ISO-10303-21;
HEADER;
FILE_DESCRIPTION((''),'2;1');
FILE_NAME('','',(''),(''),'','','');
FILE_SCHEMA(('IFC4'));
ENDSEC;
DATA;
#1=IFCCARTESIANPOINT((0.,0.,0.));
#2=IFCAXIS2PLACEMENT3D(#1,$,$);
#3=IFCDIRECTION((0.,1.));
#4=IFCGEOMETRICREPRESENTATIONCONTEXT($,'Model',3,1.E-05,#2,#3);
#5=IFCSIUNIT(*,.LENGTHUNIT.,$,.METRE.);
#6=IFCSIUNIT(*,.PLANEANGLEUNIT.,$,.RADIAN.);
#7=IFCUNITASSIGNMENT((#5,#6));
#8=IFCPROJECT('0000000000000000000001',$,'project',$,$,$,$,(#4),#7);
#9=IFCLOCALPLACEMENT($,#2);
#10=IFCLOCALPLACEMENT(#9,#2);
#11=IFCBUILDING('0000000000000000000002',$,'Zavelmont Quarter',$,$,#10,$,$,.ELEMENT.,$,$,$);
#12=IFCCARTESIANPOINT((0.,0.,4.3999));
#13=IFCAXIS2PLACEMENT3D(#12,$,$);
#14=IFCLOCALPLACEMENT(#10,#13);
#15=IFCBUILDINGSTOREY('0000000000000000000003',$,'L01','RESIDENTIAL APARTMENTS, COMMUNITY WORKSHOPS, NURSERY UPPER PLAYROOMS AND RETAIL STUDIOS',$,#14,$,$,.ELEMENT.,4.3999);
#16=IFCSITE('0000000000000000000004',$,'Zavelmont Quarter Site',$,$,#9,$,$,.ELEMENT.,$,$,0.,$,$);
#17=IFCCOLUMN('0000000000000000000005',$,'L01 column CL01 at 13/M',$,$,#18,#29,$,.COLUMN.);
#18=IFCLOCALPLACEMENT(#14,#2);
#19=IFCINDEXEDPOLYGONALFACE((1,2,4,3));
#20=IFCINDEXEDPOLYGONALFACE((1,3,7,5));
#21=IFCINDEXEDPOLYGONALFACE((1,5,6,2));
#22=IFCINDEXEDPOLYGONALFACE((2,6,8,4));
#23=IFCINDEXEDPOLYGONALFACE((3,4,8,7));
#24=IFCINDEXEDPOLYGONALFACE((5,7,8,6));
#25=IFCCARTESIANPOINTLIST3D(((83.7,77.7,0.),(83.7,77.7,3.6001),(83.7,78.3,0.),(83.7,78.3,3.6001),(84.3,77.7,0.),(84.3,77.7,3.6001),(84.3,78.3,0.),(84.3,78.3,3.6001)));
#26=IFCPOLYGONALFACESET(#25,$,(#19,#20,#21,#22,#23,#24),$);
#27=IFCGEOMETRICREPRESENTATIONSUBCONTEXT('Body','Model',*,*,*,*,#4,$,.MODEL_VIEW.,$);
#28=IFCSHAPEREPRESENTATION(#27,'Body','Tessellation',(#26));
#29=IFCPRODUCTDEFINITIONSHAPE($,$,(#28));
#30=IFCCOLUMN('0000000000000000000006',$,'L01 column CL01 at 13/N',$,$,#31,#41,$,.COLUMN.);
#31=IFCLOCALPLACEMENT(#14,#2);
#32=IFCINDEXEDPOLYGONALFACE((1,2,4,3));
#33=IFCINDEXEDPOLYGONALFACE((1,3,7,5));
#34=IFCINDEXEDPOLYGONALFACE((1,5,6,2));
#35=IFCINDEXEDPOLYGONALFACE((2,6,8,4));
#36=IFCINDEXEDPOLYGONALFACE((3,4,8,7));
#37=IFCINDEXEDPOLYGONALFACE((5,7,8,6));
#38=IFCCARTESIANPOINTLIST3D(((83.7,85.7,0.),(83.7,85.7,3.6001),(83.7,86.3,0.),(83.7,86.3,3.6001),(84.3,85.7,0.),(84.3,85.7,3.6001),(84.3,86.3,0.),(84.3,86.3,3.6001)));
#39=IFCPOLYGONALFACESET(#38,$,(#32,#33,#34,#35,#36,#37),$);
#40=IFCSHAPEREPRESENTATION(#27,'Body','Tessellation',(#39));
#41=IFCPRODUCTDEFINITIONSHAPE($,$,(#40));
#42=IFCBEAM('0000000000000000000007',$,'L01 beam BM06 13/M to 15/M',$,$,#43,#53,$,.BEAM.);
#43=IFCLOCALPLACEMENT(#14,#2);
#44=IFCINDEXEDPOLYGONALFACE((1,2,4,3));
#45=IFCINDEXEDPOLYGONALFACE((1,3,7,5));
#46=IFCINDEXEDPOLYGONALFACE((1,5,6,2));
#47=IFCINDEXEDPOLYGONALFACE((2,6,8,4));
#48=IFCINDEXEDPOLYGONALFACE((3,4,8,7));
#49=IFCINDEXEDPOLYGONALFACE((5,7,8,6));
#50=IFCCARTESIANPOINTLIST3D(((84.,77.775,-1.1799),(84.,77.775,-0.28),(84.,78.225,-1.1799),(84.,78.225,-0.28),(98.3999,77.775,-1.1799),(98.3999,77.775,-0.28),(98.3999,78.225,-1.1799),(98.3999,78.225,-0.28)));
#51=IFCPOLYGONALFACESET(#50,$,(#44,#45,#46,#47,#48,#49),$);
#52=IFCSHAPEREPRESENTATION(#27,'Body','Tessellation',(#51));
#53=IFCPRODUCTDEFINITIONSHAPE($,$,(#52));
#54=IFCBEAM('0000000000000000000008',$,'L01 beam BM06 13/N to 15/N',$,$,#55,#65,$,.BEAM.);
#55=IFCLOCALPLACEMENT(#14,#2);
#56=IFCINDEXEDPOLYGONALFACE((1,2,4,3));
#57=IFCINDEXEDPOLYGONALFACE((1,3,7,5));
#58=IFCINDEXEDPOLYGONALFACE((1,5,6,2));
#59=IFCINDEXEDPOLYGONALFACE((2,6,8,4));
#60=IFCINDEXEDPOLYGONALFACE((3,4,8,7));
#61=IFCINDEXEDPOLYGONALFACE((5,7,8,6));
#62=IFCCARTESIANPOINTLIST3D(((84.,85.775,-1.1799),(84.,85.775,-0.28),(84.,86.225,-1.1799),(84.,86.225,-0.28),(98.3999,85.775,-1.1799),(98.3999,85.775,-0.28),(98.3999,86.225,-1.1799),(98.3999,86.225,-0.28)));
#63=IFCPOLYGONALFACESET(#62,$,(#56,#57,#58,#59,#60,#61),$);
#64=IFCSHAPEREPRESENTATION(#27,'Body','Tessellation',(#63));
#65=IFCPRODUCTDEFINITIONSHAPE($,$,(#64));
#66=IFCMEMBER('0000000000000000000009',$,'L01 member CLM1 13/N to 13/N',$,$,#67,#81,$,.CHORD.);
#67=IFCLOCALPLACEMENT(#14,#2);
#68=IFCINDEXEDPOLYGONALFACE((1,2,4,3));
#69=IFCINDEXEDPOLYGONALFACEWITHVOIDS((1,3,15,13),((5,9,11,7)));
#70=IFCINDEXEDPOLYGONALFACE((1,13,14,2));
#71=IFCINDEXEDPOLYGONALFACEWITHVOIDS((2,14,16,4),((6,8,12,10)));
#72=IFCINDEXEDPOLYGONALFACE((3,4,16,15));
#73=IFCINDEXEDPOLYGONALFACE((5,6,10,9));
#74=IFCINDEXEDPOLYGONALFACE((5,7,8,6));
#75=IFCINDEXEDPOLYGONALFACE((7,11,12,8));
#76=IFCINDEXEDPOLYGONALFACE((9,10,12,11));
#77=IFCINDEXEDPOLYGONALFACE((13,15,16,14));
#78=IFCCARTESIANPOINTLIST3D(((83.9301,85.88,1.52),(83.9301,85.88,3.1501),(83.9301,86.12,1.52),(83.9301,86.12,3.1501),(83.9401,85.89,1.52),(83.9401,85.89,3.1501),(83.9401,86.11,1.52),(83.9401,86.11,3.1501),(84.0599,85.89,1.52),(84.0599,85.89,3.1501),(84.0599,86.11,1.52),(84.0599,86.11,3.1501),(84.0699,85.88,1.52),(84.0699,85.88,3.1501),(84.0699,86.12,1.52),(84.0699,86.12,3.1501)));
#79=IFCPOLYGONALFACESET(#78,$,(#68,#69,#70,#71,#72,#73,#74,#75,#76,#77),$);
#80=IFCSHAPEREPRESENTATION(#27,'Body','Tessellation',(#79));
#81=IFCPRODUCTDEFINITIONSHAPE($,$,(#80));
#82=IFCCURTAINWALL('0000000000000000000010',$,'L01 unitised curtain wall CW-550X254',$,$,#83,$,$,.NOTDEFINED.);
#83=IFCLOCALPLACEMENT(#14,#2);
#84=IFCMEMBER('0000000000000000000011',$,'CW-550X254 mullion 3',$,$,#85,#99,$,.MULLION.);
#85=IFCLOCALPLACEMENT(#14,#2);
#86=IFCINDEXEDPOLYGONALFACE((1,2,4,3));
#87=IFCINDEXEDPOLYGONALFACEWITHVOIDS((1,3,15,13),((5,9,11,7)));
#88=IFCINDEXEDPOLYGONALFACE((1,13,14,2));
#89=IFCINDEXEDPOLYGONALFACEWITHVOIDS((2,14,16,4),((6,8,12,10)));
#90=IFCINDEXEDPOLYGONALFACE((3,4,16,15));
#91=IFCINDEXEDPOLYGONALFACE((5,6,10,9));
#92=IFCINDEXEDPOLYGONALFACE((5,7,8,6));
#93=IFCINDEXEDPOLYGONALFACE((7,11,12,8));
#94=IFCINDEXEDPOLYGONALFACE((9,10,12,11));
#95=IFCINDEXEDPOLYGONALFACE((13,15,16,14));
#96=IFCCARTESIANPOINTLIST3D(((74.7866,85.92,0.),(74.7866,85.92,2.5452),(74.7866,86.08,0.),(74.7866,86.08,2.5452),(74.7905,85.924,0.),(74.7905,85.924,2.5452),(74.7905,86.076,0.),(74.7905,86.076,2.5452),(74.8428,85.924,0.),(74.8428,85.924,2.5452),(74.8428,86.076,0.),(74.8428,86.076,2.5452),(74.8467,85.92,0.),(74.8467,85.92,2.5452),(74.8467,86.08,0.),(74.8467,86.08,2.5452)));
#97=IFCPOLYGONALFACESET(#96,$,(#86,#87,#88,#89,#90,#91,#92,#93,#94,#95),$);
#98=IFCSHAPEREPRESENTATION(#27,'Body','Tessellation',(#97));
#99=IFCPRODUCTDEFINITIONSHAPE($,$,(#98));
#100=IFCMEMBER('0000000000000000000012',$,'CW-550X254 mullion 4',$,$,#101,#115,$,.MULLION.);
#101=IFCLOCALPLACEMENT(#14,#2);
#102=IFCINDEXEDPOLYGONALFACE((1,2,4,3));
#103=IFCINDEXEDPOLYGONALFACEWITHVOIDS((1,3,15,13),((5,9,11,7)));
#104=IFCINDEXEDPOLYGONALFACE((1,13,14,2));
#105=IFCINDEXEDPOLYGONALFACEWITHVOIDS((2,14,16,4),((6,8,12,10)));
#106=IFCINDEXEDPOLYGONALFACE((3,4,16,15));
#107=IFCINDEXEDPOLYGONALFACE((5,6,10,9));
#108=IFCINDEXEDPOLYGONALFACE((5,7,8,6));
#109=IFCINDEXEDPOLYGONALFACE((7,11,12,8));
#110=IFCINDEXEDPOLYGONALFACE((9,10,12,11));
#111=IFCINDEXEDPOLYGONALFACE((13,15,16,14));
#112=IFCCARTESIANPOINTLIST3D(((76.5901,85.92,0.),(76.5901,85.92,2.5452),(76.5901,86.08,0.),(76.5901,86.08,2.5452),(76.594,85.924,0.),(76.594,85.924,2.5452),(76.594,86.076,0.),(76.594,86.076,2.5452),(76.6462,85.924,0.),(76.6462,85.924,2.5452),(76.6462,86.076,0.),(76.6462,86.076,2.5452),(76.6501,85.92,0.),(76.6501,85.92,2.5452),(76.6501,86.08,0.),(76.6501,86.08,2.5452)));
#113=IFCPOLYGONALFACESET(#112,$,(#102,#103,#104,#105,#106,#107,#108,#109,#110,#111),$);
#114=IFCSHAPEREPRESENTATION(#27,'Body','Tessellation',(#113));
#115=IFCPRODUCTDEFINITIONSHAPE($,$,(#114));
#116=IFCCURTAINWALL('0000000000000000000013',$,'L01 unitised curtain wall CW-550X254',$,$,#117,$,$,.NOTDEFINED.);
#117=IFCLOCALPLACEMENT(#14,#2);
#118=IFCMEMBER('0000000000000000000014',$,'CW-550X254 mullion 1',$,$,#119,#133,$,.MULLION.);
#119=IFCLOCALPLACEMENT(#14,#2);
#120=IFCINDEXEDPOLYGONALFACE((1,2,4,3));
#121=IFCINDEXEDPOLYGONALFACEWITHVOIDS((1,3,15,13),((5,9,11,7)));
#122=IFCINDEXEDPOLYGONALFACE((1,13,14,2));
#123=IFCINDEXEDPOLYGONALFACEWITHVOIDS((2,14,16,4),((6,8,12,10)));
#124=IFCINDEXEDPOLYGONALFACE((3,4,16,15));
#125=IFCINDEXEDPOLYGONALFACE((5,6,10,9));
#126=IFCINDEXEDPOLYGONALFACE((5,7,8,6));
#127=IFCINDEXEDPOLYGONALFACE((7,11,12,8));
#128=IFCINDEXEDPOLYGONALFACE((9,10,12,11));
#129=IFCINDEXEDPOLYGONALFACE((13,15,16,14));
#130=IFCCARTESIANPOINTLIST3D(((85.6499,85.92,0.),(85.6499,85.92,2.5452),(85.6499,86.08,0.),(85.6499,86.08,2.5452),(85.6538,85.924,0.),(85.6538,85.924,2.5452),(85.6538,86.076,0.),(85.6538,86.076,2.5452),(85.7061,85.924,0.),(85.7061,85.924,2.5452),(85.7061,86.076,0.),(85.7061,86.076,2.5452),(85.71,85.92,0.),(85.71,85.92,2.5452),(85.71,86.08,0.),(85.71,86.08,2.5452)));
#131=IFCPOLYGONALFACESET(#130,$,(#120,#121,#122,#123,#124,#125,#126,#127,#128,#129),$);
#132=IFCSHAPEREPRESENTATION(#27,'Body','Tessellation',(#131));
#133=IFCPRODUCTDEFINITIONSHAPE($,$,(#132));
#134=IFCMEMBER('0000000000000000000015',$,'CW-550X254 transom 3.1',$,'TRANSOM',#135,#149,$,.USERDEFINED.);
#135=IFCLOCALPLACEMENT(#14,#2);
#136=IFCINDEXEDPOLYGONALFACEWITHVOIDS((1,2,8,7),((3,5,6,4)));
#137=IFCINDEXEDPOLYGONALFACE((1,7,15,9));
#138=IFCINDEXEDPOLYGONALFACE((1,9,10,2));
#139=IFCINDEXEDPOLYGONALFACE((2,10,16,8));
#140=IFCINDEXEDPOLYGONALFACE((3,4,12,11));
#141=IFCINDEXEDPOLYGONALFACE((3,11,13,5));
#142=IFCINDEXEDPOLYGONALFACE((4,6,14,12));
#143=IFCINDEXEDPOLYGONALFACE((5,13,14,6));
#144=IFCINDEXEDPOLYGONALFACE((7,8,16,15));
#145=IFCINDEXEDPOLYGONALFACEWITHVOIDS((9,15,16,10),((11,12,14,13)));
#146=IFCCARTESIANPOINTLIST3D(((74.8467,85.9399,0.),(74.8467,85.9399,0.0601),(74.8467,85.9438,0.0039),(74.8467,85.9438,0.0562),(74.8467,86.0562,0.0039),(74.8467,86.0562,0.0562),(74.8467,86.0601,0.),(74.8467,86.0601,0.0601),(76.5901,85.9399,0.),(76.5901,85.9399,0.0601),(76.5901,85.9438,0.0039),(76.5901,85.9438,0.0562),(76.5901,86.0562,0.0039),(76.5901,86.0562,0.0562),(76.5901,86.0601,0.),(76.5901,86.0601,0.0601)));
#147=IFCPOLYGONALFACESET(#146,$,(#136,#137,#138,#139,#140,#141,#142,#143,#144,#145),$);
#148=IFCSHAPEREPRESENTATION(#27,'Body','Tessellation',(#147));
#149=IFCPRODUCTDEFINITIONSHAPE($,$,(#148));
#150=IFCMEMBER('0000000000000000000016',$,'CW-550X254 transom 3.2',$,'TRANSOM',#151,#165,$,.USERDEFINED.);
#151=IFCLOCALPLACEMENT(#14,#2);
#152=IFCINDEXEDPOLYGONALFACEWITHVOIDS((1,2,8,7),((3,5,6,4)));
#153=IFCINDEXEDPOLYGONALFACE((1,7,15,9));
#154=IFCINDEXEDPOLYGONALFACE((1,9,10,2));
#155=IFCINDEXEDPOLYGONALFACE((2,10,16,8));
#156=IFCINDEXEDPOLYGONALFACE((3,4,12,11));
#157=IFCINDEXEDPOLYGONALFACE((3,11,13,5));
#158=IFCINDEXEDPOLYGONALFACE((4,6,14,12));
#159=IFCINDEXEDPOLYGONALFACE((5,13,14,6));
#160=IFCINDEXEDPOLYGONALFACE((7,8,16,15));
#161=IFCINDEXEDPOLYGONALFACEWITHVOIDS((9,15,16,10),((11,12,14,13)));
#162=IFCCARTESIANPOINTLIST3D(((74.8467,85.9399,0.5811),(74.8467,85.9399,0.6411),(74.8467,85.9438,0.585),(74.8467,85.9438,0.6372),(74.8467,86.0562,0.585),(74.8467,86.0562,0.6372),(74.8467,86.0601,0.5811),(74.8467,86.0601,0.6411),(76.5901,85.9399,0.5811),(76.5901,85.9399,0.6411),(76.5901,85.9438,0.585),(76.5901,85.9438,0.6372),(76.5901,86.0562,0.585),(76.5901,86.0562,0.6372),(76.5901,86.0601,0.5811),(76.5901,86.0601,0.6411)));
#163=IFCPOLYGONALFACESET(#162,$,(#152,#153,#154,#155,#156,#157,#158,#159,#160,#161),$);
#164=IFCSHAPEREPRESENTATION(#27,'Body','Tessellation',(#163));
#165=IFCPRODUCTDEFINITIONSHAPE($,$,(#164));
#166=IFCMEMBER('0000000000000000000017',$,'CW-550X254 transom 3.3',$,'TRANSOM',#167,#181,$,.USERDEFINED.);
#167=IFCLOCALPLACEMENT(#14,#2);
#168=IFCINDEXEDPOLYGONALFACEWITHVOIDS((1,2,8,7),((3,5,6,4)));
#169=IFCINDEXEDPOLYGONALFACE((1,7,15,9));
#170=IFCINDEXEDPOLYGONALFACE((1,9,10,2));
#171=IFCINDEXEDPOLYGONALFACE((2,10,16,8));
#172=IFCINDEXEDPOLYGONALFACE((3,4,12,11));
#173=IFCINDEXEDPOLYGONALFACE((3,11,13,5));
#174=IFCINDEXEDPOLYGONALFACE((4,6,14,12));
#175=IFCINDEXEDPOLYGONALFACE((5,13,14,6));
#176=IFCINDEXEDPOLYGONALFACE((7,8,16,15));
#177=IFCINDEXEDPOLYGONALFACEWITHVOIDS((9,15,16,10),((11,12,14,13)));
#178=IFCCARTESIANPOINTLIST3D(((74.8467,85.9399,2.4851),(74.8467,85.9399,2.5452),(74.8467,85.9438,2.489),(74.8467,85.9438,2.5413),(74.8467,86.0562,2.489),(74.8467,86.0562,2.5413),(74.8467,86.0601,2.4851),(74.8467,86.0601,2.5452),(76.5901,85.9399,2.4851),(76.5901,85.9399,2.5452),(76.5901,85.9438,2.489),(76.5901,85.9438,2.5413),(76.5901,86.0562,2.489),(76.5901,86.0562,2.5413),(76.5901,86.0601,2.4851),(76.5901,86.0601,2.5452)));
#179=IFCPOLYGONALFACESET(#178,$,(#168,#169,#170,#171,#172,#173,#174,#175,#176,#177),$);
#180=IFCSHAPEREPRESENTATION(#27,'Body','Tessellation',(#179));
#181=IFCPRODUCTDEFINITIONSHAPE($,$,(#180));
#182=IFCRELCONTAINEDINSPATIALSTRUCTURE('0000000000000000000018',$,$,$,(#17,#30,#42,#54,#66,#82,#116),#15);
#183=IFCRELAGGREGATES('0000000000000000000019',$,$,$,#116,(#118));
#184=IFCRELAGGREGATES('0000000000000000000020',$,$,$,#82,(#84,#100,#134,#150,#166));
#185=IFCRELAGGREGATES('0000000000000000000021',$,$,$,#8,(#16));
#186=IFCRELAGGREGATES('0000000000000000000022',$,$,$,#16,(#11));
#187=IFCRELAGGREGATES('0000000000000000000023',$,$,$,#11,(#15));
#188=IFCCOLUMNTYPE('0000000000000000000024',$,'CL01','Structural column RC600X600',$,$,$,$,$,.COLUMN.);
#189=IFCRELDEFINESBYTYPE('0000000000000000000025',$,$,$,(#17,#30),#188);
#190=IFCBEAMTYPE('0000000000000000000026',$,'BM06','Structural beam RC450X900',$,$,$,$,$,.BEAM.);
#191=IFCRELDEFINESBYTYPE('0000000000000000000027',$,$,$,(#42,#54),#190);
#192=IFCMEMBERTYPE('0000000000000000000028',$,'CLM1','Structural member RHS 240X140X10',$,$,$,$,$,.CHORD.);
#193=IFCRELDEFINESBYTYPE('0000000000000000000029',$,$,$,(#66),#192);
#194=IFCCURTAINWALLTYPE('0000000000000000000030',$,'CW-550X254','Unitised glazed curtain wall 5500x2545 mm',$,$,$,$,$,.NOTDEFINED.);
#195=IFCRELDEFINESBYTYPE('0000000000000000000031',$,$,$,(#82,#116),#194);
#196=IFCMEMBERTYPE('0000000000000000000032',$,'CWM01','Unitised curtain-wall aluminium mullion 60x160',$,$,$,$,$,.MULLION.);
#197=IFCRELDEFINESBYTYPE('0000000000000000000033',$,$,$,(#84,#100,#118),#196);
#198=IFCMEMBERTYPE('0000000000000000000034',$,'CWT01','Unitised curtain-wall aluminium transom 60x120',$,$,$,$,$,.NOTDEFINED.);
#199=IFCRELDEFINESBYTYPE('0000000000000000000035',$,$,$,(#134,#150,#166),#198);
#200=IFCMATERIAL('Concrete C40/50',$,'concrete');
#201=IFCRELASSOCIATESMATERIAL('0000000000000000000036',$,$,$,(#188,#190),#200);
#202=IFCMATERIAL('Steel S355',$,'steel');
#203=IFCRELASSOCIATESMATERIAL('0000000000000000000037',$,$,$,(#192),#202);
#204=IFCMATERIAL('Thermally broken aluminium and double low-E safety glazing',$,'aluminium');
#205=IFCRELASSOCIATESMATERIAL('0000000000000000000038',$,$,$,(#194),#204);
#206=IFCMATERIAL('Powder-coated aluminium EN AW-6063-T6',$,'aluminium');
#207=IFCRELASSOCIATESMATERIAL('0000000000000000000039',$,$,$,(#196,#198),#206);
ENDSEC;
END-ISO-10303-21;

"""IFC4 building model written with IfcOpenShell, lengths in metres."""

from ifc_helpers import new_model, si_unit, direction, frame, origin, origin_2d, place, context, subcontext, project, spatial, rectangle, hollow_rectangle, extrude, material, material_profile, profile_set, type_object, element, aggregate, save


model = new_model("IFC4")

# Units and contexts
model_context = context("Model", 3, precision=1e-05, world=origin(), true_north=direction((0.0, 1.0)))
body_context = subcontext(model_context, "Body", "Model", "MODEL_VIEW")
ifc_project = project(units=[si_unit("LENGTHUNIT", "METRE"), si_unit("PLANEANGLEUNIT", "RADIAN")], contexts=[model_context])

# Site, building, storey
site_placement = place(None, origin())
site = spatial("IfcSite", under=ifc_project, at=site_placement, Name="Zavelmont Quarter Site", CompositionType="ELEMENT", RefElevation=0.0)
building_placement = place(site_placement, origin())
building = spatial("IfcBuilding", under=site, at=building_placement, Name="Zavelmont Quarter", CompositionType="ELEMENT")
storey_placement = place(building_placement, frame((0.0, 0.0, 4.3999)))
storey = spatial("IfcBuildingStorey", under=building, at=storey_placement, Name="L01", Description="RESIDENTIAL APARTMENTS, COMMUNITY WORKSHOPS, NURSERY UPPER PLAYROOMS AND RETAIL STUDIOS", CompositionType="ELEMENT", Elevation=4.3999)

# Columns
ifc_material_1 = material(Name="Concrete C40/50", Category="concrete")
ifc_material_profile_1 = material_profile(ifc_material_1, rectangle(XDim=0.6001, YDim=0.6001, at=origin_2d()), Name="RC600X600")
ifc_profile_set_1 = profile_set([ifc_material_profile_1], Name="Concrete C40/50")
column_type = type_object("IfcColumnType", Name="CL01", Description="Structural column RC600X600", PredefinedType="COLUMN", material=ifc_profile_set_1)
for number, where, z_axis, x_axis, name in (
    (1, (84.0, 78.0, 0.0), (0.0, 0.0, 1.0), (1.0, 0.0, 0.0), "L01 column CL01 at 13/M"),
    (2, (84.0, 86.0, 0.0), (0.0, 0.0, 1.0), (1.0, 0.0, 0.0), "L01 column CL01 at 13/N"),
):
    element("IfcColumn", number, at=place(storey_placement, frame(where, z_axis=z_axis, x_axis=x_axis)), inside=storey, type_object=column_type, Name=name, PredefinedType="COLUMN", context=body_context, shape_type="SweptSolid", body=[
        extrude(rectangle(XDim=0.6001, YDim=0.6001, at=origin_2d()), origin(), (0.0, 0.0, 1.0), 3.6001),
    ])

# Beams
ifc_material_profile_2 = material_profile(ifc_material_1, rectangle(XDim=0.45, YDim=0.8999, at=origin_2d()), Name="RC450X900")
ifc_profile_set_2 = profile_set([ifc_material_profile_2], Name="Concrete C40/50")
beam_type = type_object("IfcBeamType", Name="BM06", Description="Structural beam RC450X900", PredefinedType="BEAM", material=ifc_profile_set_2)
for number, where, z_axis, x_axis, name in (
    (3, (84.0, 78.0, -0.73), (1.0, 0.0, 0.0), (0.0, 1.0, 0.0), "L01 beam BM06 13/M to 15/M"),
    (4, (84.0, 86.0, -0.73), (1.0, 0.0, 0.0), (0.0, 1.0, 0.0), "L01 beam BM06 13/N to 15/N"),
):
    element("IfcBeam", number, at=place(storey_placement, frame(where, z_axis=z_axis, x_axis=x_axis)), inside=storey, type_object=beam_type, Name=name, PredefinedType="BEAM", context=body_context, shape_type="SweptSolid", body=[
        extrude(rectangle(XDim=0.45, YDim=0.8999, at=origin_2d()), origin(), (0.0, 0.0, 1.0), 14.3999),
    ])

# Member
ifc_material_2 = material(Name="Steel S355", Category="steel")
ifc_material_profile_3 = material_profile(ifc_material_2, hollow_rectangle(XDim=0.1399, YDim=0.24, WallThickness=0.01, at=origin_2d()), Name="RHS 240X140X10")
ifc_profile_set_3 = profile_set([ifc_material_profile_3], Name="Steel S355")
member_type_1 = type_object("IfcMemberType", Name="CLM1", Description="Structural member RHS 240X140X10", PredefinedType="CHORD", material=ifc_profile_set_3)
member_1_placement = place(storey_placement, frame((84.0, 86.0, 1.52), z_axis=(0.0, 0.0, 1.0), x_axis=(1.0, 0.0, 0.0)))
element("IfcMember", 5, at=member_1_placement, inside=storey, type_object=member_type_1, Name="L01 member CLM1 13/N to 13/N", PredefinedType="CHORD", context=body_context, shape_type="SweptSolid", body=[
    extrude(hollow_rectangle(XDim=0.1399, YDim=0.24, WallThickness=0.01, at=origin_2d()), origin(), (0.0, 0.0, 1.0), 1.6301),
])

# Curtain wall, members
ifc_material_3 = material(Name="Thermally broken aluminium and double low-E safety glazing", Category="aluminium")
curtain_wall_type = type_object("IfcCurtainWallType", Name="CW-550X254", Description="Unitised glazed curtain wall 5500x2545 mm", PredefinedType="NOTDEFINED", material=ifc_material_3)
curtain_wall_1_placement = place(storey_placement, origin())
curtain_wall_1 = element("IfcCurtainWall", 6, at=curtain_wall_1_placement, inside=storey, type_object=curtain_wall_type, Name="L01 unitised curtain wall CW-550X254", PredefinedType="NOTDEFINED")
ifc_material_4 = material(Name="Powder-coated aluminium EN AW-6063-T6", Category="aluminium")
ifc_material_profile_4 = material_profile(ifc_material_4, hollow_rectangle(XDim=0.0601, YDim=0.1599, WallThickness=0.0039, at=origin_2d()), Name="CWM60X160")
ifc_profile_set_4 = profile_set([ifc_material_profile_4], Name="Powder-coated aluminium EN AW-6063-T6")
member_type_2 = type_object("IfcMemberType", Name="CWM01", Description="Unitised curtain-wall aluminium mullion 60x160", PredefinedType="MULLION", material=ifc_profile_set_4)
member_2_placement = place(storey_placement, frame((74.8167, 86.0, 0.0), z_axis=(0.0, 0.0, 1.0), x_axis=(1.0, 0.0, 0.0)))
member_2 = element("IfcMember", 7, at=member_2_placement, type_object=member_type_2, Name="CW-550X254 mullion 3", PredefinedType="MULLION", context=body_context, shape_type="SweptSolid", body=[
    extrude(hollow_rectangle(XDim=0.0601, YDim=0.1599, WallThickness=0.0039, at=origin_2d()), origin(), (0.0, 0.0, 1.0), 2.5452),
])
member_3_placement = place(storey_placement, frame((76.6201, 86.0, 0.0), z_axis=(0.0, 0.0, 1.0), x_axis=(1.0, 0.0, 0.0)))
member_3 = element("IfcMember", 8, at=member_3_placement, type_object=member_type_2, Name="CW-550X254 mullion 4", PredefinedType="MULLION", context=body_context, shape_type="SweptSolid", body=[
    extrude(hollow_rectangle(XDim=0.0601, YDim=0.1599, WallThickness=0.0039, at=origin_2d()), origin(), (0.0, 0.0, 1.0), 2.5452),
])

# Curtain wall, member
curtain_wall_2_placement = place(storey_placement, origin())
curtain_wall_2 = element("IfcCurtainWall", 9, at=curtain_wall_2_placement, inside=storey, type_object=curtain_wall_type, Name="L01 unitised curtain wall CW-550X254", PredefinedType="NOTDEFINED")
member_4_placement = place(storey_placement, frame((85.6799, 86.0, 0.0), z_axis=(0.0, 0.0, 1.0), x_axis=(1.0, 0.0, 0.0)))
member_4 = element("IfcMember", 10, at=member_4_placement, type_object=member_type_2, Name="CW-550X254 mullion 1", PredefinedType="MULLION", context=body_context, shape_type="SweptSolid", body=[
    extrude(hollow_rectangle(XDim=0.0601, YDim=0.1599, WallThickness=0.0039, at=origin_2d()), origin(), (0.0, 0.0, 1.0), 2.5452),
])

# Members
ifc_material_profile_5 = material_profile(ifc_material_4, hollow_rectangle(XDim=0.1201, YDim=0.0601, WallThickness=0.0039, at=origin_2d()), Name="CWT60X120")
ifc_profile_set_5 = profile_set([ifc_material_profile_5], Name="Powder-coated aluminium EN AW-6063-T6")
member_type_3 = type_object("IfcMemberType", Name="CWT01", Description="Unitised curtain-wall aluminium transom 60x120", PredefinedType="NOTDEFINED", material=ifc_profile_set_5)
member_5_placement = place(storey_placement, frame((74.8467, 86.0, 0.03), z_axis=(1.0, 0.0, 0.0), x_axis=(0.0, 1.0, 0.0)))
member_5 = element("IfcMember", 11, at=member_5_placement, type_object=member_type_3, Name="CW-550X254 transom 3.1", ObjectType="TRANSOM", PredefinedType="USERDEFINED", context=body_context, shape_type="SweptSolid", body=[
    extrude(hollow_rectangle(XDim=0.1201, YDim=0.0601, WallThickness=0.0039, at=origin_2d()), origin(), (0.0, 0.0, 1.0), 1.7434),
])
member_6_placement = place(storey_placement, frame((74.8467, 86.0, 0.6111), z_axis=(1.0, 0.0, 0.0), x_axis=(0.0, 1.0, 0.0)))
member_6 = element("IfcMember", 12, at=member_6_placement, type_object=member_type_3, Name="CW-550X254 transom 3.2", ObjectType="TRANSOM", PredefinedType="USERDEFINED", context=body_context, shape_type="SweptSolid", body=[
    extrude(hollow_rectangle(XDim=0.1201, YDim=0.0601, WallThickness=0.0039, at=origin_2d()), origin(), (0.0, 0.0, 1.0), 1.7434),
])
member_7_placement = place(storey_placement, frame((74.8467, 86.0, 2.5151), z_axis=(1.0, 0.0, 0.0), x_axis=(0.0, 1.0, 0.0)))
member_7 = element("IfcMember", 13, at=member_7_placement, type_object=member_type_3, Name="CW-550X254 transom 3.3", ObjectType="TRANSOM", PredefinedType="USERDEFINED", context=body_context, shape_type="SweptSolid", body=[
    extrude(hollow_rectangle(XDim=0.1201, YDim=0.0601, WallThickness=0.0039, at=origin_2d()), origin(), (0.0, 0.0, 1.0), 1.7434),
])
aggregate(curtain_wall_2, [member_4])

aggregate(curtain_wall_1, [member_2, member_3, member_5, member_6, member_7])

save(model, "model.ifc")
